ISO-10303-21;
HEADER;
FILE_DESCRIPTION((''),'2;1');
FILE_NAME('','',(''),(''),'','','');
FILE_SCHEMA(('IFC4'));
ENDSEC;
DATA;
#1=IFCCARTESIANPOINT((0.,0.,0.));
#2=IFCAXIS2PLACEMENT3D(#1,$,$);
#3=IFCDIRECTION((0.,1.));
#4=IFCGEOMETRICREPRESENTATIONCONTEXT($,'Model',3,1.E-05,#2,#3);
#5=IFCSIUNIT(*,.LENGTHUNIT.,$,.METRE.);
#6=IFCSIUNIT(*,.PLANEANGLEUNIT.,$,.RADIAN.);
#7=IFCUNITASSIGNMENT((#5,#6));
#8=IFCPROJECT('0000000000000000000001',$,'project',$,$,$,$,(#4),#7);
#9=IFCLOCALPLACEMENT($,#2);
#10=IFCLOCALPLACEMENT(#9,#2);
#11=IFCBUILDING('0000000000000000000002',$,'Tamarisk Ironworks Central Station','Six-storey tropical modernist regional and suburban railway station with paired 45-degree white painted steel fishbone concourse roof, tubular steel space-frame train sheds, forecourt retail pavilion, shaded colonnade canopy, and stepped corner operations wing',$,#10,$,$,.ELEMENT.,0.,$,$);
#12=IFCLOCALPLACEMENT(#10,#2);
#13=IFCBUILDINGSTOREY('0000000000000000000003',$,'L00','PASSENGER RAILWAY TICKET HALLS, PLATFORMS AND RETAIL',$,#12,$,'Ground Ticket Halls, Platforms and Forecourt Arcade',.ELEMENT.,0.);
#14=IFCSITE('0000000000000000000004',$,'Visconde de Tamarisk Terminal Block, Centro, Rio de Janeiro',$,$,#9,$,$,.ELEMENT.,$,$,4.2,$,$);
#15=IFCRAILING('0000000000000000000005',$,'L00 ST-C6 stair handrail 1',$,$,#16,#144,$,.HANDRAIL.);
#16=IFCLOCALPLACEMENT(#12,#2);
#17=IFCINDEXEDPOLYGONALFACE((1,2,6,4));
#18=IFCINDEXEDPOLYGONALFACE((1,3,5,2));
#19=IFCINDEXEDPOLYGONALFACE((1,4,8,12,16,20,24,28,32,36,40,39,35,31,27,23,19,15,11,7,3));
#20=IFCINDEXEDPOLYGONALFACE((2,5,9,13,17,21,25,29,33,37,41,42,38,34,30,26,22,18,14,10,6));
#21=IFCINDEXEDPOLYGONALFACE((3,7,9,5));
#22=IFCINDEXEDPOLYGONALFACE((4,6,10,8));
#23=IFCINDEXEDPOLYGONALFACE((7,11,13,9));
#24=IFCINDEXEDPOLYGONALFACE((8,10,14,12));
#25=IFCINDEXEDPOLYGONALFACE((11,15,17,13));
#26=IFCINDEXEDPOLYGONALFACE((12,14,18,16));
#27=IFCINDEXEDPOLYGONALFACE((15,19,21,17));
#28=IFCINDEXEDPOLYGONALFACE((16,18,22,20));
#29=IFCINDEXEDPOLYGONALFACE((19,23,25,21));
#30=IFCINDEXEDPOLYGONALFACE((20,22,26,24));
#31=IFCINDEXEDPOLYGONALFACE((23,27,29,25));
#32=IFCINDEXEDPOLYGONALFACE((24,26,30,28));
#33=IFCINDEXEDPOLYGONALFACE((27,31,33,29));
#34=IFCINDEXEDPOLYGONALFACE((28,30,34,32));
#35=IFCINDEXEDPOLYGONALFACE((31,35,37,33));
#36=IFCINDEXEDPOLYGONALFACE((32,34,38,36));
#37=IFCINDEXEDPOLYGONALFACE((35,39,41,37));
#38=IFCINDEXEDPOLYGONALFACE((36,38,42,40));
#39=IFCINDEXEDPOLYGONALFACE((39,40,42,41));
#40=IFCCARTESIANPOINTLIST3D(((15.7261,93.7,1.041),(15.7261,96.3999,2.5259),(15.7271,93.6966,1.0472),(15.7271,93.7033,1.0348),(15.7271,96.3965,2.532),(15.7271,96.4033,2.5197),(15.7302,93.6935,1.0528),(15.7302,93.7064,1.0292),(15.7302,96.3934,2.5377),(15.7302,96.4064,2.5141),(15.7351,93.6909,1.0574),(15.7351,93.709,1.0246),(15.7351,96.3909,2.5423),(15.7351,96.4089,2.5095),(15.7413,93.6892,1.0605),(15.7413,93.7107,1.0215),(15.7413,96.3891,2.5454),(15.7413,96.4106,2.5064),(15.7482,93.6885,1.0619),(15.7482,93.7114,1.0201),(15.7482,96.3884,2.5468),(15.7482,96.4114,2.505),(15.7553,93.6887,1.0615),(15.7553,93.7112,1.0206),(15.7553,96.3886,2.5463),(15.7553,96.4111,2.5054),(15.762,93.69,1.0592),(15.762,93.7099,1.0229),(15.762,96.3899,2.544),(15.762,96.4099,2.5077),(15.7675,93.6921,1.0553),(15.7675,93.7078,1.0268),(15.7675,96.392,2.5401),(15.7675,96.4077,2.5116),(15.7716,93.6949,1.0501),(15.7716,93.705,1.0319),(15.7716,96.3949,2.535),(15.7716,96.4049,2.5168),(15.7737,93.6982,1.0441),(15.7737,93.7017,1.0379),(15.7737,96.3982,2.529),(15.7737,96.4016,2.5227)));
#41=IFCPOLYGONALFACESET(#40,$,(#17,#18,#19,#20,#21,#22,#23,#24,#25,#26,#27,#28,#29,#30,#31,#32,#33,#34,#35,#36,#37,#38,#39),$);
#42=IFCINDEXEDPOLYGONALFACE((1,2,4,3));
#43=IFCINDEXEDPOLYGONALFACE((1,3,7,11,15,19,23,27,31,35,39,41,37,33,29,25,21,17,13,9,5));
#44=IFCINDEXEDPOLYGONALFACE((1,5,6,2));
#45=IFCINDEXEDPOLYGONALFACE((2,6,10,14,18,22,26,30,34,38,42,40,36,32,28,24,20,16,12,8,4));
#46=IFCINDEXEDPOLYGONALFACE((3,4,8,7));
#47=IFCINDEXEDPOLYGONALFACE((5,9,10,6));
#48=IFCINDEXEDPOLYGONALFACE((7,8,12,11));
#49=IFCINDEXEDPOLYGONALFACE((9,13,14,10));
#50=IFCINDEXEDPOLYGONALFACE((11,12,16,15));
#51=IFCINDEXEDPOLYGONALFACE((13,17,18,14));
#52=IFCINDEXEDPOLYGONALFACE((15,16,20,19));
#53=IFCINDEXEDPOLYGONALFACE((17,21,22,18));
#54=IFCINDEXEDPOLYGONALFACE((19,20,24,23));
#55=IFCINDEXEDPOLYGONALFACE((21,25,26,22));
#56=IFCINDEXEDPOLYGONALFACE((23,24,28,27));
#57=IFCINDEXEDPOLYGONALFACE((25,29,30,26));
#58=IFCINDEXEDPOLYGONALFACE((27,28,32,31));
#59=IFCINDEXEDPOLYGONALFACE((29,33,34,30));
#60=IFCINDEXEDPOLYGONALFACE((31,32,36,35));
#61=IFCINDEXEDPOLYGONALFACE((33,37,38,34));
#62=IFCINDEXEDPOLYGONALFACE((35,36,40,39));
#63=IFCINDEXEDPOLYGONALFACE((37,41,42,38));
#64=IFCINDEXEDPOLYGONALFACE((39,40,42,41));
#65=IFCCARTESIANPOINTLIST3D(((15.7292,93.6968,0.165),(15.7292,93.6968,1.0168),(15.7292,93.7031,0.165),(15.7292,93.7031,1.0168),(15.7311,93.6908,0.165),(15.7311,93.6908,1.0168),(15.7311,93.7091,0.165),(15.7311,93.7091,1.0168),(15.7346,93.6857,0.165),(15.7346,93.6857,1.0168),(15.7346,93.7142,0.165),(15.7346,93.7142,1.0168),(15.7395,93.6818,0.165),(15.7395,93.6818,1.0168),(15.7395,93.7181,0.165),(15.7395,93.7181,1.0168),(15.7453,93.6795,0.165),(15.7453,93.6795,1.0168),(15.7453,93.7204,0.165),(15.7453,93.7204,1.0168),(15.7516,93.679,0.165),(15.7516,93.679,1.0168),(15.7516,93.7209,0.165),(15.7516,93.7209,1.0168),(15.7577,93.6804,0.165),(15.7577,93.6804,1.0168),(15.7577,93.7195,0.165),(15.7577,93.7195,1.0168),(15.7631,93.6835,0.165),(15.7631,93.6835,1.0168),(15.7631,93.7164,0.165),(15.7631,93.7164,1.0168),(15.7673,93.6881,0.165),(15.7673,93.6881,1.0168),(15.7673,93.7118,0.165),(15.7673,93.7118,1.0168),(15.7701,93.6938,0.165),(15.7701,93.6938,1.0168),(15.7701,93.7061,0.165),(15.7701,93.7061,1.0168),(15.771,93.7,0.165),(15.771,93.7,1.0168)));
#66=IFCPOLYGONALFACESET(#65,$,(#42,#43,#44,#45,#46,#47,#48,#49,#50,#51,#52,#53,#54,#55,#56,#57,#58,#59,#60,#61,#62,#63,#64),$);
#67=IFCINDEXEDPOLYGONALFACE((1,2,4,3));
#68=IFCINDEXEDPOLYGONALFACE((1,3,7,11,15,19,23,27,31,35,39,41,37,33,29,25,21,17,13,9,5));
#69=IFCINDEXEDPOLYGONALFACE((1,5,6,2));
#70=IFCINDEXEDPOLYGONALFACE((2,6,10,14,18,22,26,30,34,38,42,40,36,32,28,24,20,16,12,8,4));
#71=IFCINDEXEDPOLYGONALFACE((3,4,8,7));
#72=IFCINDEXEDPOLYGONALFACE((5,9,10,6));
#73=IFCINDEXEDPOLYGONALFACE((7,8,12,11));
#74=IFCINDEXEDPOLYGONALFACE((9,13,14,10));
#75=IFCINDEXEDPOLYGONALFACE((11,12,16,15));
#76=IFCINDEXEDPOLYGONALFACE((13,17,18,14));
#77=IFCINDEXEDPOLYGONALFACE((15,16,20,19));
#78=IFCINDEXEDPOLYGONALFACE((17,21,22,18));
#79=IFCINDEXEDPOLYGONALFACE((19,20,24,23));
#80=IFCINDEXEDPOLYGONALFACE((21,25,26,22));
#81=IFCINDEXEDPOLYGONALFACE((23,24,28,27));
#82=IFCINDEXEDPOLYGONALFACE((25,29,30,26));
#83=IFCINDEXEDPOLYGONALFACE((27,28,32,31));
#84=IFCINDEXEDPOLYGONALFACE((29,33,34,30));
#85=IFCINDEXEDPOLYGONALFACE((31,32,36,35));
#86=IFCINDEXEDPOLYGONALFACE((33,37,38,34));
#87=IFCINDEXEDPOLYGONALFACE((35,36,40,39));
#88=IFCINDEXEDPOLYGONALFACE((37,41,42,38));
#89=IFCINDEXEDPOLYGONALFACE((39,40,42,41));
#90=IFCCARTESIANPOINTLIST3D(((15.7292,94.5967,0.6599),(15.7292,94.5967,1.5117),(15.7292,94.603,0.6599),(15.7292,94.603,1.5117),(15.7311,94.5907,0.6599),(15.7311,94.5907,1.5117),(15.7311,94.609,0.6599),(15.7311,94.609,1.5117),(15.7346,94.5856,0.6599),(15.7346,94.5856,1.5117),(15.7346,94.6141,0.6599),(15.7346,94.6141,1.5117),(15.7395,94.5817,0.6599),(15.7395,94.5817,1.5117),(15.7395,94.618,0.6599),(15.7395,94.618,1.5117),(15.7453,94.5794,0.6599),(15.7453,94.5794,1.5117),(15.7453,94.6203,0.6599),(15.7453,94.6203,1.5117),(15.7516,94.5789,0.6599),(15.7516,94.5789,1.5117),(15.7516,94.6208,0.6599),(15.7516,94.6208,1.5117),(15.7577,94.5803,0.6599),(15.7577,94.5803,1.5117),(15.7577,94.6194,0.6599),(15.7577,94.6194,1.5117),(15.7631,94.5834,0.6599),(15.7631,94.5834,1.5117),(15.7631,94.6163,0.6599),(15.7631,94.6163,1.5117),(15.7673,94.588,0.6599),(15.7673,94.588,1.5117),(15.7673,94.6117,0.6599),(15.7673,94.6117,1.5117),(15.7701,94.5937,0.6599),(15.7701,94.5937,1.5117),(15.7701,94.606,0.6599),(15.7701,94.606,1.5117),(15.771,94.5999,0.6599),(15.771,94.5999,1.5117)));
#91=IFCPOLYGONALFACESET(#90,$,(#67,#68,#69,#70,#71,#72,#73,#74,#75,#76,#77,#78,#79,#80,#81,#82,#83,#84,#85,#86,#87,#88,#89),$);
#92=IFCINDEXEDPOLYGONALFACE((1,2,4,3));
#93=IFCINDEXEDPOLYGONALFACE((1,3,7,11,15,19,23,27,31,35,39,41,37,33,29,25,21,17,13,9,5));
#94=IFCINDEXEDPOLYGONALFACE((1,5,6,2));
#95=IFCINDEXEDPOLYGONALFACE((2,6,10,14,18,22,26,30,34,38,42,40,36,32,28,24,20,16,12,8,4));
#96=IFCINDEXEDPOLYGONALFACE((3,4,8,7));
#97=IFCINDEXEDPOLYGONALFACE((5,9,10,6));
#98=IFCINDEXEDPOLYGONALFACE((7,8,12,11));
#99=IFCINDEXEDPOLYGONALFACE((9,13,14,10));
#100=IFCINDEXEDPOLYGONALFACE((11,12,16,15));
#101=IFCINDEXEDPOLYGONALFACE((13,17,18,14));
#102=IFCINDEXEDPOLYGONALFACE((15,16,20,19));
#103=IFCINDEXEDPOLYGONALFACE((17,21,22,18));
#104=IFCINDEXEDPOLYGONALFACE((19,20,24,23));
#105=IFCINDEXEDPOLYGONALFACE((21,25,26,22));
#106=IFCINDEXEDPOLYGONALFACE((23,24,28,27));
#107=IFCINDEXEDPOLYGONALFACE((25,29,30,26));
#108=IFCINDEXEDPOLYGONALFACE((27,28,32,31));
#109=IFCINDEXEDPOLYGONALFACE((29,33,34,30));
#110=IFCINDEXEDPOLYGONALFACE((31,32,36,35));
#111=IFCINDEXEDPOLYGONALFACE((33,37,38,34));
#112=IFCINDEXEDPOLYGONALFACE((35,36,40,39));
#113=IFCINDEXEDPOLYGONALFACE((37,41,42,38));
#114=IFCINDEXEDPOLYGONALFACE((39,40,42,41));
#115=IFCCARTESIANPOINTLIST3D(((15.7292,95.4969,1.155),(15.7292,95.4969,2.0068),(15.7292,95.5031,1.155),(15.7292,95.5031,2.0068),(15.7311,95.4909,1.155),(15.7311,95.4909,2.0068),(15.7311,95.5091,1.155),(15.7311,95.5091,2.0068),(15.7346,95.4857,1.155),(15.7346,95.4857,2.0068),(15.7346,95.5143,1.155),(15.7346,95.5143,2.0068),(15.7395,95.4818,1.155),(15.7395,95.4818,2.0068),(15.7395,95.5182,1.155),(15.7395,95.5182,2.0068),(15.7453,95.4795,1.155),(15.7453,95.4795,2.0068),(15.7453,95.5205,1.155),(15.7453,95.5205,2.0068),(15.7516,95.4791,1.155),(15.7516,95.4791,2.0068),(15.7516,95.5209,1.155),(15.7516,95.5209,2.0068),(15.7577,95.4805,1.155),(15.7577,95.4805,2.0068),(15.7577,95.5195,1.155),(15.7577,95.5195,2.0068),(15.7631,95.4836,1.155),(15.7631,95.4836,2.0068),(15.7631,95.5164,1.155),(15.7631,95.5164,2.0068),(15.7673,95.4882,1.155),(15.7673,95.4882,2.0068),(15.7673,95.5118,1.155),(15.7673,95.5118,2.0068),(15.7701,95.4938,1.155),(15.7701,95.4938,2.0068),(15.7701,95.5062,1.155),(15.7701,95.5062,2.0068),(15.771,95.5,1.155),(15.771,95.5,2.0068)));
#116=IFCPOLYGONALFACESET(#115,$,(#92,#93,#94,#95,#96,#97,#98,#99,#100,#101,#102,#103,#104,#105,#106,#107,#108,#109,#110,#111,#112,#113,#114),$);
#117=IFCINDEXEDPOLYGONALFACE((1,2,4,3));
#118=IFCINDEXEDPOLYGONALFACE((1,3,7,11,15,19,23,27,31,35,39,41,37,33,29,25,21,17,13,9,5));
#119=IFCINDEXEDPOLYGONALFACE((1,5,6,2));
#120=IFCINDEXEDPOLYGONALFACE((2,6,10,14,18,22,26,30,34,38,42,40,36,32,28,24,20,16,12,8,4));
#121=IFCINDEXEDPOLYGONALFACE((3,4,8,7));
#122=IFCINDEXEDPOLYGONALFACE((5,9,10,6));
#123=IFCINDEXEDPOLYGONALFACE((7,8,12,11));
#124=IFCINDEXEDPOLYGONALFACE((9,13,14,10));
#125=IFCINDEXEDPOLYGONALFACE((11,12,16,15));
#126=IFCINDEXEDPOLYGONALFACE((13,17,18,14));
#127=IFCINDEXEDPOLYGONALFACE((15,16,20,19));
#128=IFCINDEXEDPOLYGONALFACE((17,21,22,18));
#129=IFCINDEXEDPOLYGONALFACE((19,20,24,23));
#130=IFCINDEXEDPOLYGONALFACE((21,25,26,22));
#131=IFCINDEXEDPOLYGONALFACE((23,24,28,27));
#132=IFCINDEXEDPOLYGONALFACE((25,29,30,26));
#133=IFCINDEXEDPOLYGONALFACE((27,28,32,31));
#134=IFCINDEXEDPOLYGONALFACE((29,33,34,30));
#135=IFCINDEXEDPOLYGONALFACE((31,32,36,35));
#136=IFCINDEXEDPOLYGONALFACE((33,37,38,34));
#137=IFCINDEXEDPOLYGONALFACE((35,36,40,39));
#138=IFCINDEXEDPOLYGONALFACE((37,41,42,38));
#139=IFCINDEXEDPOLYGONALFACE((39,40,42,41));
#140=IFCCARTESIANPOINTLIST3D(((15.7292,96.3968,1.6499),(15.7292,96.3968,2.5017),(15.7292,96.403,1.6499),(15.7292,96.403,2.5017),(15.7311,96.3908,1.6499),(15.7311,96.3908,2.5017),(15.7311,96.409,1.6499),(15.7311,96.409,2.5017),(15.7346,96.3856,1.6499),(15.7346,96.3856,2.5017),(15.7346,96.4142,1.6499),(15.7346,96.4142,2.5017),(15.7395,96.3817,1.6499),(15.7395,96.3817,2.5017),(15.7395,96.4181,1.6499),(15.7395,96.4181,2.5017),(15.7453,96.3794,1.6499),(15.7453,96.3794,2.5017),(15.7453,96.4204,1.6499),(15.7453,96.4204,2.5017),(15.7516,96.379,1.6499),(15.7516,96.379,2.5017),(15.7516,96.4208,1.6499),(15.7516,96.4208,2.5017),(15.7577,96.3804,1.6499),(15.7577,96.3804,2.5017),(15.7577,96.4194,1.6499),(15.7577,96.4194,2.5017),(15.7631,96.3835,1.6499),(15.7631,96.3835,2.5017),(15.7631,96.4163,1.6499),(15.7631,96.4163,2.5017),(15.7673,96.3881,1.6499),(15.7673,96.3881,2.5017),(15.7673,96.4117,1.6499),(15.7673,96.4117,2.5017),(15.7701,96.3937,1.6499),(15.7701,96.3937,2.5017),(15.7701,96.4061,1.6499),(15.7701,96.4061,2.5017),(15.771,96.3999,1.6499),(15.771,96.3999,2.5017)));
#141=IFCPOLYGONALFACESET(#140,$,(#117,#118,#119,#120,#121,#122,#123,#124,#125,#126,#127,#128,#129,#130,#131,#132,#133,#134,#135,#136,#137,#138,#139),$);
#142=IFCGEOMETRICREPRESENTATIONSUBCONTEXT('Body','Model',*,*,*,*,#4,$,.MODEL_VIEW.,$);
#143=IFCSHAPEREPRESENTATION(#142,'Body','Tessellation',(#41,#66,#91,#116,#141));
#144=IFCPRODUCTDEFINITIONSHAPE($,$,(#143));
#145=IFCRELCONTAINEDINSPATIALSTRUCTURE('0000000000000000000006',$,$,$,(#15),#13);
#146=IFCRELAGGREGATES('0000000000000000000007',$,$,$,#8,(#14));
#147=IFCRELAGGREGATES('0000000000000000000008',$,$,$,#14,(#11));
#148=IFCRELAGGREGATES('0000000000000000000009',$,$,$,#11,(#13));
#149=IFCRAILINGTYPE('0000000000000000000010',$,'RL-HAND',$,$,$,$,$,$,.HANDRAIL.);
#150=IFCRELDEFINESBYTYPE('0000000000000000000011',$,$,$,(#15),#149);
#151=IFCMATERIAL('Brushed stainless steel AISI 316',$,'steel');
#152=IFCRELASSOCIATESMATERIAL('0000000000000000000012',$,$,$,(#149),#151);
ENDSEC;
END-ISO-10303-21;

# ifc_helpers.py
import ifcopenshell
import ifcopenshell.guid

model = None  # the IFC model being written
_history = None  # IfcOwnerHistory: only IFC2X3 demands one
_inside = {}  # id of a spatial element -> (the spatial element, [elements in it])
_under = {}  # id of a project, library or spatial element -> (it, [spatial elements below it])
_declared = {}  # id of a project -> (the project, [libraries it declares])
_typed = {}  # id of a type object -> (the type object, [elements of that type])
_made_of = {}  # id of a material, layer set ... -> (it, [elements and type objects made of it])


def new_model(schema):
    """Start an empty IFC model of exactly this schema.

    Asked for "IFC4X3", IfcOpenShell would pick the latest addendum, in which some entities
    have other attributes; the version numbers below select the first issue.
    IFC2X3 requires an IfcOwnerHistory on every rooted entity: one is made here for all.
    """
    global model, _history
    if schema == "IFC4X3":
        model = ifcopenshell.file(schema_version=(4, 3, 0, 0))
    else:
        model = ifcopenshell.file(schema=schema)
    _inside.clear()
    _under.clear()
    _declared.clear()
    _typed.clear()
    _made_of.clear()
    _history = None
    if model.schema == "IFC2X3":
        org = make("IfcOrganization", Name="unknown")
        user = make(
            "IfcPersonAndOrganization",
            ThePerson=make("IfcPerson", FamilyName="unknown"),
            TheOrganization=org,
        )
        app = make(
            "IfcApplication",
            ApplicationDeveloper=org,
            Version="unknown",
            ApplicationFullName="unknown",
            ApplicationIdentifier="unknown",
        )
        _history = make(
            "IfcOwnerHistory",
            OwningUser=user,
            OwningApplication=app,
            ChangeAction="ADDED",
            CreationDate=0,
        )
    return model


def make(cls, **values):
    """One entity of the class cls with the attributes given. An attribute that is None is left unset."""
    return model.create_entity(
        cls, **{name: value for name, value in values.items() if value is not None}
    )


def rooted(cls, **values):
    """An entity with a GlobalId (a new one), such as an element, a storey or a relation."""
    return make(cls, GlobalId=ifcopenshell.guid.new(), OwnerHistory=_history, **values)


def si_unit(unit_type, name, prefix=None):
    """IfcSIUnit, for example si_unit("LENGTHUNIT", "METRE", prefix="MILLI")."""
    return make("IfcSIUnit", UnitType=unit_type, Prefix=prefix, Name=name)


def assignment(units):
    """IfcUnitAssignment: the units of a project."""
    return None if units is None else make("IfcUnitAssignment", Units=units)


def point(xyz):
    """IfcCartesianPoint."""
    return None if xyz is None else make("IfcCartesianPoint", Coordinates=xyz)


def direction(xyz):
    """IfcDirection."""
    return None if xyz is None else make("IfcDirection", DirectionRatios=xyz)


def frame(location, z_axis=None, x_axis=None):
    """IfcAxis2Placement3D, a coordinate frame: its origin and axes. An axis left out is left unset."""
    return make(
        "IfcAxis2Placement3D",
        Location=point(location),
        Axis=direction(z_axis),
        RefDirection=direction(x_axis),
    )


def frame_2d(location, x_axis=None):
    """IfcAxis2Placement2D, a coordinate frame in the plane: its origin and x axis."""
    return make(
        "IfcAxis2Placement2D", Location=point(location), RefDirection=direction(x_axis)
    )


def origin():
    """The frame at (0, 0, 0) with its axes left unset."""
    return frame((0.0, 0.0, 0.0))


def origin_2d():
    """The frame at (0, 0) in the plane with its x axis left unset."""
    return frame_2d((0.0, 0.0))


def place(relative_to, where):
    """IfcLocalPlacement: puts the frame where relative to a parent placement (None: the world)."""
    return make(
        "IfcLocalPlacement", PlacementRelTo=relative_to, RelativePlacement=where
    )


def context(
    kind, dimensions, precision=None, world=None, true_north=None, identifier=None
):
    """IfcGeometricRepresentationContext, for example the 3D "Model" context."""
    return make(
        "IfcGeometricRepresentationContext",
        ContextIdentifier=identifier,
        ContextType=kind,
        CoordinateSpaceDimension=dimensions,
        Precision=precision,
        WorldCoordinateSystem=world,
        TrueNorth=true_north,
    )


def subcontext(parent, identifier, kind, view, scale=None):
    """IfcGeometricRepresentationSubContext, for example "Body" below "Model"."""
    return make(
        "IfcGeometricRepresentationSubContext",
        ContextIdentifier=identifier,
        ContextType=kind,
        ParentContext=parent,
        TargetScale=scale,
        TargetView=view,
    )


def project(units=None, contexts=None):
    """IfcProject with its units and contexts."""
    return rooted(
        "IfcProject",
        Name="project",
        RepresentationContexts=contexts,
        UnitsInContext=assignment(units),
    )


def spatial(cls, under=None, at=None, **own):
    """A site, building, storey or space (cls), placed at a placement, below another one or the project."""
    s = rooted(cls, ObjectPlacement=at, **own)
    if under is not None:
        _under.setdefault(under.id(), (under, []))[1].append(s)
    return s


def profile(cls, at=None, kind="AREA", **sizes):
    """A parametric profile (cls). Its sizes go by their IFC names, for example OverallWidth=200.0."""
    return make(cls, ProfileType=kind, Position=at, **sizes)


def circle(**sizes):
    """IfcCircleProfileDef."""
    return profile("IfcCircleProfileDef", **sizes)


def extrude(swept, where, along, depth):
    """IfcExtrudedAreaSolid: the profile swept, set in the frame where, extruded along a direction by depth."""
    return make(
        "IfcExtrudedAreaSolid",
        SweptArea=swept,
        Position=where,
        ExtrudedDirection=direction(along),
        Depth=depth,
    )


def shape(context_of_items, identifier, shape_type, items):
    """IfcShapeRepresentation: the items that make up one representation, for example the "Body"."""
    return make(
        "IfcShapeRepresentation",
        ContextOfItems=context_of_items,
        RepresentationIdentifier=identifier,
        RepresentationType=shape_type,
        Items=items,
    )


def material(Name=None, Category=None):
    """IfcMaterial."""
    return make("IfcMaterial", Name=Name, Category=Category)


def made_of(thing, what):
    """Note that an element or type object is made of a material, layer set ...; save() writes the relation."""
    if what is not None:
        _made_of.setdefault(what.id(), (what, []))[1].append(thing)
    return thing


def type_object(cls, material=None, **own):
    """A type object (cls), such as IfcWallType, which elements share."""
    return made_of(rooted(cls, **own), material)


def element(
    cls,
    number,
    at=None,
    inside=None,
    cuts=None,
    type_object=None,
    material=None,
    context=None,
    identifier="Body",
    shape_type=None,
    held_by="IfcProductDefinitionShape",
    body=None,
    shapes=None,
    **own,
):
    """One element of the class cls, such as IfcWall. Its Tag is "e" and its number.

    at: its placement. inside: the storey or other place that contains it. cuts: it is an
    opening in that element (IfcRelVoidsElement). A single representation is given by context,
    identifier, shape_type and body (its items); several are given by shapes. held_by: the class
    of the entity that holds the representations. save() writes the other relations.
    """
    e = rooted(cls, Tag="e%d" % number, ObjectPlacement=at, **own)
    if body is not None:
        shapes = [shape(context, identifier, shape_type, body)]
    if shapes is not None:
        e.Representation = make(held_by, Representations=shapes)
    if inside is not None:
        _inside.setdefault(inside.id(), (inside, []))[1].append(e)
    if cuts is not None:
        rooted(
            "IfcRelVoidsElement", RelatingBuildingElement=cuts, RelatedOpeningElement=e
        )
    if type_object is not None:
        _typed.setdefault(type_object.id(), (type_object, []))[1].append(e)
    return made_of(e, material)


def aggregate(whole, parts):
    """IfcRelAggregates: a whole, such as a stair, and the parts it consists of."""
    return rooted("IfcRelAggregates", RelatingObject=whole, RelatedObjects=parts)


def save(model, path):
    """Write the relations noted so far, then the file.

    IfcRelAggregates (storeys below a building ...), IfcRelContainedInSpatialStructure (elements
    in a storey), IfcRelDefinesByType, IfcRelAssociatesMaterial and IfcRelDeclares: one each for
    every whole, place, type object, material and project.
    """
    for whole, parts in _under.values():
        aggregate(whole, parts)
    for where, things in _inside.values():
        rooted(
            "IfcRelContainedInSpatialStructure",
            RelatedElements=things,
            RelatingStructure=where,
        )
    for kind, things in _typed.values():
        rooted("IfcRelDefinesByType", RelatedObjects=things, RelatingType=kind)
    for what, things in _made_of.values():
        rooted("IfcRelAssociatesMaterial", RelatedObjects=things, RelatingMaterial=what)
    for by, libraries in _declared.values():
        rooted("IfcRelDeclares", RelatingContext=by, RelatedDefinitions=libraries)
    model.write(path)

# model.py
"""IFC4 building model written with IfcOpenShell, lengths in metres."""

from ifc_helpers import new_model, si_unit, direction, frame, origin, origin_2d, place, context, subcontext, project, spatial, circle, extrude, material, type_object, element, save


model = new_model("IFC4")

# Units and contexts
model_context = context("Model", 3, precision=1e-05, world=origin(), true_north=direction((0.0, 1.0)))
body_context = subcontext(model_context, "Body", "Model", "MODEL_VIEW")
ifc_project = project(units=[si_unit("LENGTHUNIT", "METRE"), si_unit("PLANEANGLEUNIT", "RADIAN")], contexts=[model_context])

# Site, building, storey
site_placement = place(None, origin())
site = spatial("IfcSite", under=ifc_project, at=site_placement, Name="Visconde de Tamarisk Terminal Block, Centro, Rio de Janeiro", CompositionType="ELEMENT", RefElevation=4.2)
building_placement = place(site_placement, origin())
building = spatial("IfcBuilding", under=site, at=building_placement, Name="Tamarisk Ironworks Central Station", Description="Six-storey tropical modernist regional and suburban railway station with paired 45-degree white painted steel fishbone concourse roof, tubular steel space-frame train sheds, forecourt retail pavilion, shaded colonnade canopy, and stepped corner operations wing", CompositionType="ELEMENT", ElevationOfRefHeight=0.0)
storey_placement = place(building_placement, origin())
storey = spatial("IfcBuildingStorey", under=building, at=storey_placement, Name="L00", Description="PASSENGER RAILWAY TICKET HALLS, PLATFORMS AND RETAIL", LongName="Ground Ticket Halls, Platforms and Forecourt Arcade", CompositionType="ELEMENT", Elevation=0.0)

# Railing
ifc_material_1 = material(Name="Brushed stainless steel AISI 316", Category="steel")
railing_type_1 = type_object("IfcRailingType", Name="RL-HAND", PredefinedType="HANDRAIL", material=ifc_material_1)
for number, where, name in (
    (1, (15.75, 93.7, 0.165), "L00 ST-C6 stair handrail 1"),
):
    element("IfcRailing", number, at=place(storey_placement, frame(where)), inside=storey, type_object=railing_type_1, Name=name, PredefinedType="HANDRAIL", context=body_context, shape_type="SweptSolid", body=[
        extrude(circle(Radius=0.0239, at=origin_2d()), frame((0.0, 0.0, 0.876), z_axis=(0.0, 0.876231, 0.481891), x_axis=(-1.0, 0.0, 0.0)), (0.0, 0.0, 1.0), 3.0813),
        extrude(circle(Radius=0.021, at=origin_2d()), origin(), (0.0, 0.0, 1.0), 0.8518),
        extrude(circle(Radius=0.021, at=origin_2d()), frame((0.0, 0.8999, 0.4949)), (0.0, 0.0, 1.0), 0.8518),
        extrude(circle(Radius=0.021, at=origin_2d()), frame((0.0, 1.8, 0.99)), (0.0, 0.0, 1.0), 0.8518),
        extrude(circle(Radius=0.021, at=origin_2d()), frame((0.0, 2.7, 1.4849)), (0.0, 0.0, 1.0), 0.8518),
    ])

save(model, "model.ifc")
